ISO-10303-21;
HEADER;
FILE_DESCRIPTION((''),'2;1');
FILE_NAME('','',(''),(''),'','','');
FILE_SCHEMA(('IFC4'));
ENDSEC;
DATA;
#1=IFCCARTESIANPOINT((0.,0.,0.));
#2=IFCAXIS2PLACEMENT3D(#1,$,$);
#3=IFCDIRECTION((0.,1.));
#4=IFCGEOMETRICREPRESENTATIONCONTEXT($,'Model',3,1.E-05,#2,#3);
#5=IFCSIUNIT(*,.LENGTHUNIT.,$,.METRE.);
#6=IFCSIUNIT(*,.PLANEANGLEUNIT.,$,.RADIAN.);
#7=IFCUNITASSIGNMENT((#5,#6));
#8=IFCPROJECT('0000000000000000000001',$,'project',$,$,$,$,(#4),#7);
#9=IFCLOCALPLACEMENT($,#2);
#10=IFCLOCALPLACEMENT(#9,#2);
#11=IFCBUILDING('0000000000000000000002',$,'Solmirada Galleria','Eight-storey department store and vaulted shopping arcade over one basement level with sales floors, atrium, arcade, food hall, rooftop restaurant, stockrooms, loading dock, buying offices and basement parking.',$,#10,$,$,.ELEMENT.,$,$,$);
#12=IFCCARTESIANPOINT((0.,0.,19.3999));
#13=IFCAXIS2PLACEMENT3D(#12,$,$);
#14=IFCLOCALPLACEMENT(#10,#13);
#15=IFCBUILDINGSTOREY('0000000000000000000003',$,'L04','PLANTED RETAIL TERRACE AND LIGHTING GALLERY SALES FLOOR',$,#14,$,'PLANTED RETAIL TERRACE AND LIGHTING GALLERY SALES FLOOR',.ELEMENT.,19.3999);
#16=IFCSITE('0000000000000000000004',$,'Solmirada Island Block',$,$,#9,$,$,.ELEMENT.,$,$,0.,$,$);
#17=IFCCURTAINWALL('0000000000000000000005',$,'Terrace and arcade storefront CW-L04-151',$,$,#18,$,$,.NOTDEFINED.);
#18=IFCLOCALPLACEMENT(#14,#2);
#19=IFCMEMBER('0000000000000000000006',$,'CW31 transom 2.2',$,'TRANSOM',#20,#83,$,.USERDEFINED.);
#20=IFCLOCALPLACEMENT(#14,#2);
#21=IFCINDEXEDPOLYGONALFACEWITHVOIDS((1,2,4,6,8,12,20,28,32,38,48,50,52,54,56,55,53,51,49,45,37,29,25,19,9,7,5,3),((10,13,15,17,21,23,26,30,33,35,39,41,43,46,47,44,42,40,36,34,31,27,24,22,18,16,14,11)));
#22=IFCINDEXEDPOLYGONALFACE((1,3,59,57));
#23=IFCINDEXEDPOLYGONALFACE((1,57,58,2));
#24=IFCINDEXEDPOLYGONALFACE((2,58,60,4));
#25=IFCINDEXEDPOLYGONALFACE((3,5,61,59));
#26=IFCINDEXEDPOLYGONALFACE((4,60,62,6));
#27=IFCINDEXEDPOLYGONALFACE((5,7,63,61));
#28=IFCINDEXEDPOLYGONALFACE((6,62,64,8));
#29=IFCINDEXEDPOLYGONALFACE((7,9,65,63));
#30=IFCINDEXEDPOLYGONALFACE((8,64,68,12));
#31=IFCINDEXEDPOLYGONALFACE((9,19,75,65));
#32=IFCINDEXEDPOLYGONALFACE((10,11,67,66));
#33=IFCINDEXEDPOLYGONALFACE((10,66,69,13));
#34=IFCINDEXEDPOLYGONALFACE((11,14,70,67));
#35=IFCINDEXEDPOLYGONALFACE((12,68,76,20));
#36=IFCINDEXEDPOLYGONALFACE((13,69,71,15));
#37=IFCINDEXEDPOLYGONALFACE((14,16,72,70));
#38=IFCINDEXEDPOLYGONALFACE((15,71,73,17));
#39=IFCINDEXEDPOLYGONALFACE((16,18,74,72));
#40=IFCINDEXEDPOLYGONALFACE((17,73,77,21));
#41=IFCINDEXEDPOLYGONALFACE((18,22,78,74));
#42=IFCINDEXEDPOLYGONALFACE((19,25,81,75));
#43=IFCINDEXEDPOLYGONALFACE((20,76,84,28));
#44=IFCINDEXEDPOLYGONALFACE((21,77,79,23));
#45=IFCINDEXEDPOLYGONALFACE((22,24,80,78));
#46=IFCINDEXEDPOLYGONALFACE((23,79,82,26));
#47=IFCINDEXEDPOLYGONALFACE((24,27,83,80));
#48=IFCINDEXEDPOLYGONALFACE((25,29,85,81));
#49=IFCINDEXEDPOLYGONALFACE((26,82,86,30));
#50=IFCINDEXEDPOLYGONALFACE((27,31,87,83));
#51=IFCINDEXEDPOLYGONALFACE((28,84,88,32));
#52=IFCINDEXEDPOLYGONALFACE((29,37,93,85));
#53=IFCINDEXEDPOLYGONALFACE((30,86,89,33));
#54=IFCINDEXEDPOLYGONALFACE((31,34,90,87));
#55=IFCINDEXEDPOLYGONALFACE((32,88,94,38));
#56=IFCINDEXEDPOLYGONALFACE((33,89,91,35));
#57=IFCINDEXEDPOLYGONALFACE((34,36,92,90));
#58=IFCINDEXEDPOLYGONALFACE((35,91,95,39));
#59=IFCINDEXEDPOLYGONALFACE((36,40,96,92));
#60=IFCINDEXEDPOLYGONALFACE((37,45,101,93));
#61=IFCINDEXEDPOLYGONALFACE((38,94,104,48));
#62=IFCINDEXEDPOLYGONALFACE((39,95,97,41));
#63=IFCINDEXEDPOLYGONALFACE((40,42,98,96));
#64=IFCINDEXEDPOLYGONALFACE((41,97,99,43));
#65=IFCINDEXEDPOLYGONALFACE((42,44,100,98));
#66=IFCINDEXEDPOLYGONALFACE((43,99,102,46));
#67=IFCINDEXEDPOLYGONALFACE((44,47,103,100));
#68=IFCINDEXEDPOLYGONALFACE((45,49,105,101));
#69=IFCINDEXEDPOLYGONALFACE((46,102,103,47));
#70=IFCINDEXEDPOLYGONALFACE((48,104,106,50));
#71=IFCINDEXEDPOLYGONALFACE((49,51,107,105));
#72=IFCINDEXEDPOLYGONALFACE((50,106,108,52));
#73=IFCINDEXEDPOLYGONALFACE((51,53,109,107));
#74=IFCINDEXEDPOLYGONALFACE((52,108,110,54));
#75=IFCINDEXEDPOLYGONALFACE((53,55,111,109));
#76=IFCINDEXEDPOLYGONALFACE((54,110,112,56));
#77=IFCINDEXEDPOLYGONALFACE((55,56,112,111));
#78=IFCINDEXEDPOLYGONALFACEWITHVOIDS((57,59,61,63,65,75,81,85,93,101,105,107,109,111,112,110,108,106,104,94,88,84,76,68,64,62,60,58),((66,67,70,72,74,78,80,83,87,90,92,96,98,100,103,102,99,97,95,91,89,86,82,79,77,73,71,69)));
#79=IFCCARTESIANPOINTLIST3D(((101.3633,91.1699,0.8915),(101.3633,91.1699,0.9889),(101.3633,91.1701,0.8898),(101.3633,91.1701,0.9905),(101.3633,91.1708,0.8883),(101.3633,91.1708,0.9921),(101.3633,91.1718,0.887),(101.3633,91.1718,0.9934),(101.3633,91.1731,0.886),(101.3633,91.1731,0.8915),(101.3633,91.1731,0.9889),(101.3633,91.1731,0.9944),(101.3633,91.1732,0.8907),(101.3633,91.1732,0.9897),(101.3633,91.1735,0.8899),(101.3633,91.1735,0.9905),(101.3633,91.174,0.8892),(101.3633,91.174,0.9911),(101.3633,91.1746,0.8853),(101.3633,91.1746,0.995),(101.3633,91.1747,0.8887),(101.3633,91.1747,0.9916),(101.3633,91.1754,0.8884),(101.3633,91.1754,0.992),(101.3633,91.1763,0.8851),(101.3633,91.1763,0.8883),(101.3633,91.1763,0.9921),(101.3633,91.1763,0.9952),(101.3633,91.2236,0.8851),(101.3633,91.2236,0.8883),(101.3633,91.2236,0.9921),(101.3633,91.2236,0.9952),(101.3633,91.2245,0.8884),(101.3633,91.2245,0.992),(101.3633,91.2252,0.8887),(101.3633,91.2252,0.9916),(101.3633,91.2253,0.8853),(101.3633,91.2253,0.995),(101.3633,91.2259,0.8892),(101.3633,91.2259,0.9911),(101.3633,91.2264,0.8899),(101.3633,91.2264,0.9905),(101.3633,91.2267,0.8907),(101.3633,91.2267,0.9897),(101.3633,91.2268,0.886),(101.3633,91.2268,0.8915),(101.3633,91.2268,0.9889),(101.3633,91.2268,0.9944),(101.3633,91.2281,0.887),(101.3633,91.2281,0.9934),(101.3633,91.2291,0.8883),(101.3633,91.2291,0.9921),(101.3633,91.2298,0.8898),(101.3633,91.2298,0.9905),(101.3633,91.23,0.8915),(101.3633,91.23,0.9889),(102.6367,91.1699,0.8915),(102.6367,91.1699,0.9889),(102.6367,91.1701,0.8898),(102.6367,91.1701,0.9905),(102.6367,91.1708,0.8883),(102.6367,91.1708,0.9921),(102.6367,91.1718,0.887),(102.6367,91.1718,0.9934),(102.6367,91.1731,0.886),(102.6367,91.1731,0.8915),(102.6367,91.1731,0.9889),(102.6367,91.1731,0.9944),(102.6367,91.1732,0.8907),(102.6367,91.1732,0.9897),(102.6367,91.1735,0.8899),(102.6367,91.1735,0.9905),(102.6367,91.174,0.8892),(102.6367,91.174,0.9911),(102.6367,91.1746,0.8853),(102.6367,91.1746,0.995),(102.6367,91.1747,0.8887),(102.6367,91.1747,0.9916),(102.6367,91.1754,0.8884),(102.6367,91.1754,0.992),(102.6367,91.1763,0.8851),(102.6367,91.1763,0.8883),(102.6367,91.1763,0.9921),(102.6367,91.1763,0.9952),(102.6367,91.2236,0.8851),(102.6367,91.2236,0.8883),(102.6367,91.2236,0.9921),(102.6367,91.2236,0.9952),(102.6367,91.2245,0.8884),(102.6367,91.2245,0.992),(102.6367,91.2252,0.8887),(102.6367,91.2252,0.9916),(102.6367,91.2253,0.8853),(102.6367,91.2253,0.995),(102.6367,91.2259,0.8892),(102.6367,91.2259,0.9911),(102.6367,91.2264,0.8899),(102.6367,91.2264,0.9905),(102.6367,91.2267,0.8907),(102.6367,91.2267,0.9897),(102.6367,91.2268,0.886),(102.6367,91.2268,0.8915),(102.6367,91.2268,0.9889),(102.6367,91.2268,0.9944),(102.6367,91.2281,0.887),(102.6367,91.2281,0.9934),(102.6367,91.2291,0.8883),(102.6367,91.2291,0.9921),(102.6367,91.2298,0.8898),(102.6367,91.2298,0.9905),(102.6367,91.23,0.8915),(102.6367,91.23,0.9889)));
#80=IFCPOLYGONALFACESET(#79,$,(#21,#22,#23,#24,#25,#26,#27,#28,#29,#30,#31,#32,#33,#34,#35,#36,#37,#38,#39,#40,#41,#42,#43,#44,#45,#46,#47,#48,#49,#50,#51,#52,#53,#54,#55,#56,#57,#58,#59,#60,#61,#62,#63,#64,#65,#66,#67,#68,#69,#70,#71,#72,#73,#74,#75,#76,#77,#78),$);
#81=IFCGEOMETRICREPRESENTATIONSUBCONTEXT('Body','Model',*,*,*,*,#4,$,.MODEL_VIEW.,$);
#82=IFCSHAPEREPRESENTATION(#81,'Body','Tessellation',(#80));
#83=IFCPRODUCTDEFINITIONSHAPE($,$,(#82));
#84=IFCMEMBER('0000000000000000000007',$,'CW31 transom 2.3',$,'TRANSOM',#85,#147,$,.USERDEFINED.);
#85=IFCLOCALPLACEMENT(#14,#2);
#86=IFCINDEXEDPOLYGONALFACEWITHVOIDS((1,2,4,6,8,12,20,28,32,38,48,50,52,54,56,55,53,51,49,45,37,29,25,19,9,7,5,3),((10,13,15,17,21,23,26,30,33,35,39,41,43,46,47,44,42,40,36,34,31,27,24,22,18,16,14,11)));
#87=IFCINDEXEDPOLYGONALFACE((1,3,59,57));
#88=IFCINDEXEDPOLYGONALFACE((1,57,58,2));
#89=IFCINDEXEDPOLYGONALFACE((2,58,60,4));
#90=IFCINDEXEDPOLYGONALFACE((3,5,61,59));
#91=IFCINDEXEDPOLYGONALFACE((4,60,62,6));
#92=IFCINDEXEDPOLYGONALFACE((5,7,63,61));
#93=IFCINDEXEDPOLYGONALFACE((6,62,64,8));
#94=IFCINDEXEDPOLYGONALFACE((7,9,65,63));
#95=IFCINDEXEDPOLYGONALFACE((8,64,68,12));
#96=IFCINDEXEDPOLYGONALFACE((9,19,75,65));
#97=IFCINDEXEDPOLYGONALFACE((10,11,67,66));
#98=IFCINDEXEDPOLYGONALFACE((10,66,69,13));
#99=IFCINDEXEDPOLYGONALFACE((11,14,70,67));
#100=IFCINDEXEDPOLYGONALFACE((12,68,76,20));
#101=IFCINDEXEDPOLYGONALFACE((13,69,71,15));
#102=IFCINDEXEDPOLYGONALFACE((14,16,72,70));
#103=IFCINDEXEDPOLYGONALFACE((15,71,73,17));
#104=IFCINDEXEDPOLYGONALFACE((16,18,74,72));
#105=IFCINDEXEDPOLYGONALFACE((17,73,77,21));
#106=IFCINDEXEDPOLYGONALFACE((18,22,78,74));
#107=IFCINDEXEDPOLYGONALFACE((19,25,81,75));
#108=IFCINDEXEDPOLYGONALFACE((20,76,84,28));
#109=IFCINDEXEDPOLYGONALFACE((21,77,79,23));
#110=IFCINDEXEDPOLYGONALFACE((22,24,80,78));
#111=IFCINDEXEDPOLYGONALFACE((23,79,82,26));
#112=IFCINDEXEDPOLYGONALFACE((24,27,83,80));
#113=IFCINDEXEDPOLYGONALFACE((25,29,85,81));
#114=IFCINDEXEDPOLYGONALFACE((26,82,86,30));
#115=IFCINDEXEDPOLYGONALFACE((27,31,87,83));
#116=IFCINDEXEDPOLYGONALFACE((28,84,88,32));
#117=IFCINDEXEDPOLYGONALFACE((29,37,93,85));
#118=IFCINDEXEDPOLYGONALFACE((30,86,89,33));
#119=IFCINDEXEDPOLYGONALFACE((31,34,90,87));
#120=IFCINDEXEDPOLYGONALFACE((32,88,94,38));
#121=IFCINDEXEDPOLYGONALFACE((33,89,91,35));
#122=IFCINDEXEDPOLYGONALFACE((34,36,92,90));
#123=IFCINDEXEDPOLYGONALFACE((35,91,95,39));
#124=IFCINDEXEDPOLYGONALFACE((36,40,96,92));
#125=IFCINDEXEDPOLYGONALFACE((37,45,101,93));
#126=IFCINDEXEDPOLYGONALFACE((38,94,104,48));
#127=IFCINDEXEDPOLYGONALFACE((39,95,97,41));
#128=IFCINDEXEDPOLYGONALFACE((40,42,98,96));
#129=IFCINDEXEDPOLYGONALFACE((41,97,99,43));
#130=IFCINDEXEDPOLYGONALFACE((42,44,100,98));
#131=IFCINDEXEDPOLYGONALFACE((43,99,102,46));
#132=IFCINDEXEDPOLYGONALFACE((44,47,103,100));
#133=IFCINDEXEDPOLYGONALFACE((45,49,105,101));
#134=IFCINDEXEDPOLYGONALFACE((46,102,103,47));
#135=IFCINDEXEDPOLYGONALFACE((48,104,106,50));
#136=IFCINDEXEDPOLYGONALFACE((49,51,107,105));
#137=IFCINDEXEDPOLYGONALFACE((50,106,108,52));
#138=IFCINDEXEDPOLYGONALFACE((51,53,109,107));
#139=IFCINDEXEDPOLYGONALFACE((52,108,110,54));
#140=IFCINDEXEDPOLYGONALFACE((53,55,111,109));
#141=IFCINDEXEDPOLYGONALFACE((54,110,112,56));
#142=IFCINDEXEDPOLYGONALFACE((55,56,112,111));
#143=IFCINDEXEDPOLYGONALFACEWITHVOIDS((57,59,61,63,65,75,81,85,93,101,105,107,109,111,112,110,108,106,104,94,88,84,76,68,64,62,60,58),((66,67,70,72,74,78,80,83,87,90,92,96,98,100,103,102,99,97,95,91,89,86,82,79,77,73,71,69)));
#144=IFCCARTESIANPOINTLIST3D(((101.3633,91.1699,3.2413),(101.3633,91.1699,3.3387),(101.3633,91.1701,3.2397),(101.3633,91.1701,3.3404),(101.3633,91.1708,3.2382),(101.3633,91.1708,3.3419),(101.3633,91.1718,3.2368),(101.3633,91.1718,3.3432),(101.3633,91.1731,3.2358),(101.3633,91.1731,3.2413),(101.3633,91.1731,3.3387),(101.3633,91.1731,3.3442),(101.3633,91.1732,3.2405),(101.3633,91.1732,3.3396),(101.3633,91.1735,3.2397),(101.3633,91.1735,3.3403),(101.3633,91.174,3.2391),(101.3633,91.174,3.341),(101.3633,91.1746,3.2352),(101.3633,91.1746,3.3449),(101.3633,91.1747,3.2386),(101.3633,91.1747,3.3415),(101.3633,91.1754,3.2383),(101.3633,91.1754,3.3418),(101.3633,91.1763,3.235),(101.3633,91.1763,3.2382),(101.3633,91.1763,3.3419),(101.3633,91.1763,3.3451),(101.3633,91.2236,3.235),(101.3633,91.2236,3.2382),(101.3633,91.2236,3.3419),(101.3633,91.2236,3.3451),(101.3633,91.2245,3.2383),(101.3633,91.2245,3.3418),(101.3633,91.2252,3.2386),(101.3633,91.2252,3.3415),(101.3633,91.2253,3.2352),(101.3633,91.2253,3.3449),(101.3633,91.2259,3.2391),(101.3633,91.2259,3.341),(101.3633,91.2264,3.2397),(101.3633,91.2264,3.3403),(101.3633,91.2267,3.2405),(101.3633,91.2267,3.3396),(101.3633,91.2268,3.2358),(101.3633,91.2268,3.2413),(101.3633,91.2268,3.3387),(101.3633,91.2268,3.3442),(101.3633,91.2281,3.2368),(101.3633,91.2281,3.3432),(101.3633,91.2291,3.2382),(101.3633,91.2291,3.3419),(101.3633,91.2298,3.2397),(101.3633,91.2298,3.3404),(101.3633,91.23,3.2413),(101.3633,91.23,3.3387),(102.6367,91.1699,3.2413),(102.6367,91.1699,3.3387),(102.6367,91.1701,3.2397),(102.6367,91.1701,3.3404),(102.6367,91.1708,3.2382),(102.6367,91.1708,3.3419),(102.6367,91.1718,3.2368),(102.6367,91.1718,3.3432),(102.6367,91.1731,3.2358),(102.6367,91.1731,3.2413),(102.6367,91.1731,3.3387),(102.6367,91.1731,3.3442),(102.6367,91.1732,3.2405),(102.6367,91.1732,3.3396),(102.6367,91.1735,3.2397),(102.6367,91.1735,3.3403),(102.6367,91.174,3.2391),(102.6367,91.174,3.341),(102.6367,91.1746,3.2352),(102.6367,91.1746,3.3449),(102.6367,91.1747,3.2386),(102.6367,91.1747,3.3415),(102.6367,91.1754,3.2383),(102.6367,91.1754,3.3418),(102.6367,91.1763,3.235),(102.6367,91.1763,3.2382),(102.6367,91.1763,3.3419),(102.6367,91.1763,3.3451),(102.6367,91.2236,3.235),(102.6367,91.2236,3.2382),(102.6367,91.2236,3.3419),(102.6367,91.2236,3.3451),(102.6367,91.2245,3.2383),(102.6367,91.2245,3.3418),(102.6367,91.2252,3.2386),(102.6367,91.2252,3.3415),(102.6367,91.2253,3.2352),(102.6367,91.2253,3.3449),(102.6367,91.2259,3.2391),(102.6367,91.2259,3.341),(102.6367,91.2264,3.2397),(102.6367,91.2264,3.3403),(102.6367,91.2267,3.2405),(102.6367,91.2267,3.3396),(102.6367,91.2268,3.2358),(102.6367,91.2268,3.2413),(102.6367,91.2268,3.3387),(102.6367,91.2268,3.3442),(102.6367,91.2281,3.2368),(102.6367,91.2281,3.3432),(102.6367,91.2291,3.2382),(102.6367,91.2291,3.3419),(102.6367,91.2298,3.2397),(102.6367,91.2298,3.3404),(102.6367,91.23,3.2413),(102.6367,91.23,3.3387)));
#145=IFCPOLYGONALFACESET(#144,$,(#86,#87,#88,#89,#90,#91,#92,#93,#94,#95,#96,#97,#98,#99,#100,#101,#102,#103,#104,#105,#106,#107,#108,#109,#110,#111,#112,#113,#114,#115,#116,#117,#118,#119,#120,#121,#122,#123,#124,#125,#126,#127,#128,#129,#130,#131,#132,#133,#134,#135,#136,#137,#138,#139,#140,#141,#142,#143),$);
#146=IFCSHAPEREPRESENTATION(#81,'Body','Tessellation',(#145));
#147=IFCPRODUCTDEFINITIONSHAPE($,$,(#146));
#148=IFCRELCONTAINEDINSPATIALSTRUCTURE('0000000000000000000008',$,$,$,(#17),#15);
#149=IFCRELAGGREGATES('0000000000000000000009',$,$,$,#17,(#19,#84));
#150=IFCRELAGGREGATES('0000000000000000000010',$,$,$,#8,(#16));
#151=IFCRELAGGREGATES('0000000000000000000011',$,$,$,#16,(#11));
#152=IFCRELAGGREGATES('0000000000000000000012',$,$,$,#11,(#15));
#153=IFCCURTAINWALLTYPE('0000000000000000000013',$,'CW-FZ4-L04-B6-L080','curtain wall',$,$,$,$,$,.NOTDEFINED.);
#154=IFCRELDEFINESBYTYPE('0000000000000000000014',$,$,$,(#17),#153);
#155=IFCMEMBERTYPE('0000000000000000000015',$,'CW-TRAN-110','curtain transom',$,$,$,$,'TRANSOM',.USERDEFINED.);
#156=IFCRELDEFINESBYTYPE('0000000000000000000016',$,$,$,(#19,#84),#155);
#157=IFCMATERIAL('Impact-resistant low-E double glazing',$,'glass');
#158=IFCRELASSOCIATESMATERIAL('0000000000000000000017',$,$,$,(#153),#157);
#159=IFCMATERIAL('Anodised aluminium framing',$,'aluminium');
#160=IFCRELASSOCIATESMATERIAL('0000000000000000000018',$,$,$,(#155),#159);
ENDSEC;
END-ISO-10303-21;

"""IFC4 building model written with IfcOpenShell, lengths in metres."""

from ifc_helpers import new_model, si_unit, direction, frame, origin, origin_2d, place, context, subcontext, project, spatial, hollow_rectangle, extrude, material, material_profile, profile_set, type_object, element, aggregate, save


model = new_model("IFC4")

# Units and contexts
model_context = context("Model", 3, precision=1e-05, world=origin(), true_north=direction((0.0, 1.0)))
body_context = subcontext(model_context, "Body", "Model", "MODEL_VIEW")
ifc_project = project(units=[si_unit("LENGTHUNIT", "METRE"), si_unit("PLANEANGLEUNIT", "RADIAN")], contexts=[model_context])

# Site, building, storey
site_placement = place(None, origin())
site = spatial("IfcSite", under=ifc_project, at=site_placement, Name="Solmirada Island Block", CompositionType="ELEMENT", RefElevation=0.0)
building_placement = place(site_placement, origin())
building = spatial("IfcBuilding", under=site, at=building_placement, Name="Solmirada Galleria", Description="Eight-storey department store and vaulted shopping arcade over one basement level with sales floors, atrium, arcade, food hall, rooftop restaurant, stockrooms, loading dock, buying offices and basement parking.", CompositionType="ELEMENT")
storey_placement = place(building_placement, frame((0.0, 0.0, 19.3999)))
storey = spatial("IfcBuildingStorey", under=building, at=storey_placement, Name="L04", Description="PLANTED RETAIL TERRACE AND LIGHTING GALLERY SALES FLOOR", LongName="PLANTED RETAIL TERRACE AND LIGHTING GALLERY SALES FLOOR", CompositionType="ELEMENT", Elevation=19.3999)

# Curtain wall, members
ifc_material_1 = material(Name="Impact-resistant low-E double glazing", Category="glass")
curtain_wall_type = type_object("IfcCurtainWallType", Name="CW-FZ4-L04-B6-L080", Description="curtain wall", PredefinedType="NOTDEFINED", material=ifc_material_1)
curtain_wall_placement = place(storey_placement, origin())
curtain_wall = element("IfcCurtainWall", 1, at=curtain_wall_placement, inside=storey, type_object=curtain_wall_type, Name="Terrace and arcade storefront CW-L04-151", PredefinedType="NOTDEFINED")
ifc_material_2 = material(Name="Anodised aluminium framing", Category="aluminium")
ifc_material_profile_1 = material_profile(ifc_material_2, hollow_rectangle(XDim=0.0601, YDim=0.1101, WallThickness=0.0032, InnerFilletRadius=0.0032, OuterFilletRadius=0.0063, at=origin_2d()), Name="ALU-TRAN-110X60")
ifc_profile_set_1 = profile_set([ifc_material_profile_1], Name="Anodised aluminium framing")
member_type_1 = type_object("IfcMemberType", Name="CW-TRAN-110", Description="curtain transom", ElementType="TRANSOM", PredefinedType="USERDEFINED", material=ifc_profile_set_1)
member_1_placement = place(storey_placement, frame((102.6367, 91.2, 0.9402), z_axis=(-1.0, 0.0, 0.0), x_axis=(0.0, -1.0, 0.0)))
member_1 = element("IfcMember", 2, at=member_1_placement, type_object=member_type_1, Name="CW31 transom 2.2", ObjectType="TRANSOM", PredefinedType="USERDEFINED", context=body_context, shape_type="SweptSolid", body=[
    extrude(hollow_rectangle(XDim=0.0601, YDim=0.1101, WallThickness=0.0032, InnerFilletRadius=0.0032, OuterFilletRadius=0.0063, at=origin_2d()), origin(), (0.0, 0.0, 1.0), 1.2734),
])
member_2_placement = place(storey_placement, frame((102.6367, 91.2, 3.29), z_axis=(-1.0, 0.0, 0.0), x_axis=(0.0, -1.0, 0.0)))
member_2 = element("IfcMember", 3, at=member_2_placement, type_object=member_type_1, Name="CW31 transom 2.3", ObjectType="TRANSOM", PredefinedType="USERDEFINED", context=body_context, shape_type="SweptSolid", body=[
    extrude(hollow_rectangle(XDim=0.0601, YDim=0.1101, WallThickness=0.0032, InnerFilletRadius=0.0032, OuterFilletRadius=0.0063, at=origin_2d()), origin(), (0.0, 0.0, 1.0), 1.2734),
])
aggregate(curtain_wall, [member_1, member_2])

save(model, "model.ifc")
